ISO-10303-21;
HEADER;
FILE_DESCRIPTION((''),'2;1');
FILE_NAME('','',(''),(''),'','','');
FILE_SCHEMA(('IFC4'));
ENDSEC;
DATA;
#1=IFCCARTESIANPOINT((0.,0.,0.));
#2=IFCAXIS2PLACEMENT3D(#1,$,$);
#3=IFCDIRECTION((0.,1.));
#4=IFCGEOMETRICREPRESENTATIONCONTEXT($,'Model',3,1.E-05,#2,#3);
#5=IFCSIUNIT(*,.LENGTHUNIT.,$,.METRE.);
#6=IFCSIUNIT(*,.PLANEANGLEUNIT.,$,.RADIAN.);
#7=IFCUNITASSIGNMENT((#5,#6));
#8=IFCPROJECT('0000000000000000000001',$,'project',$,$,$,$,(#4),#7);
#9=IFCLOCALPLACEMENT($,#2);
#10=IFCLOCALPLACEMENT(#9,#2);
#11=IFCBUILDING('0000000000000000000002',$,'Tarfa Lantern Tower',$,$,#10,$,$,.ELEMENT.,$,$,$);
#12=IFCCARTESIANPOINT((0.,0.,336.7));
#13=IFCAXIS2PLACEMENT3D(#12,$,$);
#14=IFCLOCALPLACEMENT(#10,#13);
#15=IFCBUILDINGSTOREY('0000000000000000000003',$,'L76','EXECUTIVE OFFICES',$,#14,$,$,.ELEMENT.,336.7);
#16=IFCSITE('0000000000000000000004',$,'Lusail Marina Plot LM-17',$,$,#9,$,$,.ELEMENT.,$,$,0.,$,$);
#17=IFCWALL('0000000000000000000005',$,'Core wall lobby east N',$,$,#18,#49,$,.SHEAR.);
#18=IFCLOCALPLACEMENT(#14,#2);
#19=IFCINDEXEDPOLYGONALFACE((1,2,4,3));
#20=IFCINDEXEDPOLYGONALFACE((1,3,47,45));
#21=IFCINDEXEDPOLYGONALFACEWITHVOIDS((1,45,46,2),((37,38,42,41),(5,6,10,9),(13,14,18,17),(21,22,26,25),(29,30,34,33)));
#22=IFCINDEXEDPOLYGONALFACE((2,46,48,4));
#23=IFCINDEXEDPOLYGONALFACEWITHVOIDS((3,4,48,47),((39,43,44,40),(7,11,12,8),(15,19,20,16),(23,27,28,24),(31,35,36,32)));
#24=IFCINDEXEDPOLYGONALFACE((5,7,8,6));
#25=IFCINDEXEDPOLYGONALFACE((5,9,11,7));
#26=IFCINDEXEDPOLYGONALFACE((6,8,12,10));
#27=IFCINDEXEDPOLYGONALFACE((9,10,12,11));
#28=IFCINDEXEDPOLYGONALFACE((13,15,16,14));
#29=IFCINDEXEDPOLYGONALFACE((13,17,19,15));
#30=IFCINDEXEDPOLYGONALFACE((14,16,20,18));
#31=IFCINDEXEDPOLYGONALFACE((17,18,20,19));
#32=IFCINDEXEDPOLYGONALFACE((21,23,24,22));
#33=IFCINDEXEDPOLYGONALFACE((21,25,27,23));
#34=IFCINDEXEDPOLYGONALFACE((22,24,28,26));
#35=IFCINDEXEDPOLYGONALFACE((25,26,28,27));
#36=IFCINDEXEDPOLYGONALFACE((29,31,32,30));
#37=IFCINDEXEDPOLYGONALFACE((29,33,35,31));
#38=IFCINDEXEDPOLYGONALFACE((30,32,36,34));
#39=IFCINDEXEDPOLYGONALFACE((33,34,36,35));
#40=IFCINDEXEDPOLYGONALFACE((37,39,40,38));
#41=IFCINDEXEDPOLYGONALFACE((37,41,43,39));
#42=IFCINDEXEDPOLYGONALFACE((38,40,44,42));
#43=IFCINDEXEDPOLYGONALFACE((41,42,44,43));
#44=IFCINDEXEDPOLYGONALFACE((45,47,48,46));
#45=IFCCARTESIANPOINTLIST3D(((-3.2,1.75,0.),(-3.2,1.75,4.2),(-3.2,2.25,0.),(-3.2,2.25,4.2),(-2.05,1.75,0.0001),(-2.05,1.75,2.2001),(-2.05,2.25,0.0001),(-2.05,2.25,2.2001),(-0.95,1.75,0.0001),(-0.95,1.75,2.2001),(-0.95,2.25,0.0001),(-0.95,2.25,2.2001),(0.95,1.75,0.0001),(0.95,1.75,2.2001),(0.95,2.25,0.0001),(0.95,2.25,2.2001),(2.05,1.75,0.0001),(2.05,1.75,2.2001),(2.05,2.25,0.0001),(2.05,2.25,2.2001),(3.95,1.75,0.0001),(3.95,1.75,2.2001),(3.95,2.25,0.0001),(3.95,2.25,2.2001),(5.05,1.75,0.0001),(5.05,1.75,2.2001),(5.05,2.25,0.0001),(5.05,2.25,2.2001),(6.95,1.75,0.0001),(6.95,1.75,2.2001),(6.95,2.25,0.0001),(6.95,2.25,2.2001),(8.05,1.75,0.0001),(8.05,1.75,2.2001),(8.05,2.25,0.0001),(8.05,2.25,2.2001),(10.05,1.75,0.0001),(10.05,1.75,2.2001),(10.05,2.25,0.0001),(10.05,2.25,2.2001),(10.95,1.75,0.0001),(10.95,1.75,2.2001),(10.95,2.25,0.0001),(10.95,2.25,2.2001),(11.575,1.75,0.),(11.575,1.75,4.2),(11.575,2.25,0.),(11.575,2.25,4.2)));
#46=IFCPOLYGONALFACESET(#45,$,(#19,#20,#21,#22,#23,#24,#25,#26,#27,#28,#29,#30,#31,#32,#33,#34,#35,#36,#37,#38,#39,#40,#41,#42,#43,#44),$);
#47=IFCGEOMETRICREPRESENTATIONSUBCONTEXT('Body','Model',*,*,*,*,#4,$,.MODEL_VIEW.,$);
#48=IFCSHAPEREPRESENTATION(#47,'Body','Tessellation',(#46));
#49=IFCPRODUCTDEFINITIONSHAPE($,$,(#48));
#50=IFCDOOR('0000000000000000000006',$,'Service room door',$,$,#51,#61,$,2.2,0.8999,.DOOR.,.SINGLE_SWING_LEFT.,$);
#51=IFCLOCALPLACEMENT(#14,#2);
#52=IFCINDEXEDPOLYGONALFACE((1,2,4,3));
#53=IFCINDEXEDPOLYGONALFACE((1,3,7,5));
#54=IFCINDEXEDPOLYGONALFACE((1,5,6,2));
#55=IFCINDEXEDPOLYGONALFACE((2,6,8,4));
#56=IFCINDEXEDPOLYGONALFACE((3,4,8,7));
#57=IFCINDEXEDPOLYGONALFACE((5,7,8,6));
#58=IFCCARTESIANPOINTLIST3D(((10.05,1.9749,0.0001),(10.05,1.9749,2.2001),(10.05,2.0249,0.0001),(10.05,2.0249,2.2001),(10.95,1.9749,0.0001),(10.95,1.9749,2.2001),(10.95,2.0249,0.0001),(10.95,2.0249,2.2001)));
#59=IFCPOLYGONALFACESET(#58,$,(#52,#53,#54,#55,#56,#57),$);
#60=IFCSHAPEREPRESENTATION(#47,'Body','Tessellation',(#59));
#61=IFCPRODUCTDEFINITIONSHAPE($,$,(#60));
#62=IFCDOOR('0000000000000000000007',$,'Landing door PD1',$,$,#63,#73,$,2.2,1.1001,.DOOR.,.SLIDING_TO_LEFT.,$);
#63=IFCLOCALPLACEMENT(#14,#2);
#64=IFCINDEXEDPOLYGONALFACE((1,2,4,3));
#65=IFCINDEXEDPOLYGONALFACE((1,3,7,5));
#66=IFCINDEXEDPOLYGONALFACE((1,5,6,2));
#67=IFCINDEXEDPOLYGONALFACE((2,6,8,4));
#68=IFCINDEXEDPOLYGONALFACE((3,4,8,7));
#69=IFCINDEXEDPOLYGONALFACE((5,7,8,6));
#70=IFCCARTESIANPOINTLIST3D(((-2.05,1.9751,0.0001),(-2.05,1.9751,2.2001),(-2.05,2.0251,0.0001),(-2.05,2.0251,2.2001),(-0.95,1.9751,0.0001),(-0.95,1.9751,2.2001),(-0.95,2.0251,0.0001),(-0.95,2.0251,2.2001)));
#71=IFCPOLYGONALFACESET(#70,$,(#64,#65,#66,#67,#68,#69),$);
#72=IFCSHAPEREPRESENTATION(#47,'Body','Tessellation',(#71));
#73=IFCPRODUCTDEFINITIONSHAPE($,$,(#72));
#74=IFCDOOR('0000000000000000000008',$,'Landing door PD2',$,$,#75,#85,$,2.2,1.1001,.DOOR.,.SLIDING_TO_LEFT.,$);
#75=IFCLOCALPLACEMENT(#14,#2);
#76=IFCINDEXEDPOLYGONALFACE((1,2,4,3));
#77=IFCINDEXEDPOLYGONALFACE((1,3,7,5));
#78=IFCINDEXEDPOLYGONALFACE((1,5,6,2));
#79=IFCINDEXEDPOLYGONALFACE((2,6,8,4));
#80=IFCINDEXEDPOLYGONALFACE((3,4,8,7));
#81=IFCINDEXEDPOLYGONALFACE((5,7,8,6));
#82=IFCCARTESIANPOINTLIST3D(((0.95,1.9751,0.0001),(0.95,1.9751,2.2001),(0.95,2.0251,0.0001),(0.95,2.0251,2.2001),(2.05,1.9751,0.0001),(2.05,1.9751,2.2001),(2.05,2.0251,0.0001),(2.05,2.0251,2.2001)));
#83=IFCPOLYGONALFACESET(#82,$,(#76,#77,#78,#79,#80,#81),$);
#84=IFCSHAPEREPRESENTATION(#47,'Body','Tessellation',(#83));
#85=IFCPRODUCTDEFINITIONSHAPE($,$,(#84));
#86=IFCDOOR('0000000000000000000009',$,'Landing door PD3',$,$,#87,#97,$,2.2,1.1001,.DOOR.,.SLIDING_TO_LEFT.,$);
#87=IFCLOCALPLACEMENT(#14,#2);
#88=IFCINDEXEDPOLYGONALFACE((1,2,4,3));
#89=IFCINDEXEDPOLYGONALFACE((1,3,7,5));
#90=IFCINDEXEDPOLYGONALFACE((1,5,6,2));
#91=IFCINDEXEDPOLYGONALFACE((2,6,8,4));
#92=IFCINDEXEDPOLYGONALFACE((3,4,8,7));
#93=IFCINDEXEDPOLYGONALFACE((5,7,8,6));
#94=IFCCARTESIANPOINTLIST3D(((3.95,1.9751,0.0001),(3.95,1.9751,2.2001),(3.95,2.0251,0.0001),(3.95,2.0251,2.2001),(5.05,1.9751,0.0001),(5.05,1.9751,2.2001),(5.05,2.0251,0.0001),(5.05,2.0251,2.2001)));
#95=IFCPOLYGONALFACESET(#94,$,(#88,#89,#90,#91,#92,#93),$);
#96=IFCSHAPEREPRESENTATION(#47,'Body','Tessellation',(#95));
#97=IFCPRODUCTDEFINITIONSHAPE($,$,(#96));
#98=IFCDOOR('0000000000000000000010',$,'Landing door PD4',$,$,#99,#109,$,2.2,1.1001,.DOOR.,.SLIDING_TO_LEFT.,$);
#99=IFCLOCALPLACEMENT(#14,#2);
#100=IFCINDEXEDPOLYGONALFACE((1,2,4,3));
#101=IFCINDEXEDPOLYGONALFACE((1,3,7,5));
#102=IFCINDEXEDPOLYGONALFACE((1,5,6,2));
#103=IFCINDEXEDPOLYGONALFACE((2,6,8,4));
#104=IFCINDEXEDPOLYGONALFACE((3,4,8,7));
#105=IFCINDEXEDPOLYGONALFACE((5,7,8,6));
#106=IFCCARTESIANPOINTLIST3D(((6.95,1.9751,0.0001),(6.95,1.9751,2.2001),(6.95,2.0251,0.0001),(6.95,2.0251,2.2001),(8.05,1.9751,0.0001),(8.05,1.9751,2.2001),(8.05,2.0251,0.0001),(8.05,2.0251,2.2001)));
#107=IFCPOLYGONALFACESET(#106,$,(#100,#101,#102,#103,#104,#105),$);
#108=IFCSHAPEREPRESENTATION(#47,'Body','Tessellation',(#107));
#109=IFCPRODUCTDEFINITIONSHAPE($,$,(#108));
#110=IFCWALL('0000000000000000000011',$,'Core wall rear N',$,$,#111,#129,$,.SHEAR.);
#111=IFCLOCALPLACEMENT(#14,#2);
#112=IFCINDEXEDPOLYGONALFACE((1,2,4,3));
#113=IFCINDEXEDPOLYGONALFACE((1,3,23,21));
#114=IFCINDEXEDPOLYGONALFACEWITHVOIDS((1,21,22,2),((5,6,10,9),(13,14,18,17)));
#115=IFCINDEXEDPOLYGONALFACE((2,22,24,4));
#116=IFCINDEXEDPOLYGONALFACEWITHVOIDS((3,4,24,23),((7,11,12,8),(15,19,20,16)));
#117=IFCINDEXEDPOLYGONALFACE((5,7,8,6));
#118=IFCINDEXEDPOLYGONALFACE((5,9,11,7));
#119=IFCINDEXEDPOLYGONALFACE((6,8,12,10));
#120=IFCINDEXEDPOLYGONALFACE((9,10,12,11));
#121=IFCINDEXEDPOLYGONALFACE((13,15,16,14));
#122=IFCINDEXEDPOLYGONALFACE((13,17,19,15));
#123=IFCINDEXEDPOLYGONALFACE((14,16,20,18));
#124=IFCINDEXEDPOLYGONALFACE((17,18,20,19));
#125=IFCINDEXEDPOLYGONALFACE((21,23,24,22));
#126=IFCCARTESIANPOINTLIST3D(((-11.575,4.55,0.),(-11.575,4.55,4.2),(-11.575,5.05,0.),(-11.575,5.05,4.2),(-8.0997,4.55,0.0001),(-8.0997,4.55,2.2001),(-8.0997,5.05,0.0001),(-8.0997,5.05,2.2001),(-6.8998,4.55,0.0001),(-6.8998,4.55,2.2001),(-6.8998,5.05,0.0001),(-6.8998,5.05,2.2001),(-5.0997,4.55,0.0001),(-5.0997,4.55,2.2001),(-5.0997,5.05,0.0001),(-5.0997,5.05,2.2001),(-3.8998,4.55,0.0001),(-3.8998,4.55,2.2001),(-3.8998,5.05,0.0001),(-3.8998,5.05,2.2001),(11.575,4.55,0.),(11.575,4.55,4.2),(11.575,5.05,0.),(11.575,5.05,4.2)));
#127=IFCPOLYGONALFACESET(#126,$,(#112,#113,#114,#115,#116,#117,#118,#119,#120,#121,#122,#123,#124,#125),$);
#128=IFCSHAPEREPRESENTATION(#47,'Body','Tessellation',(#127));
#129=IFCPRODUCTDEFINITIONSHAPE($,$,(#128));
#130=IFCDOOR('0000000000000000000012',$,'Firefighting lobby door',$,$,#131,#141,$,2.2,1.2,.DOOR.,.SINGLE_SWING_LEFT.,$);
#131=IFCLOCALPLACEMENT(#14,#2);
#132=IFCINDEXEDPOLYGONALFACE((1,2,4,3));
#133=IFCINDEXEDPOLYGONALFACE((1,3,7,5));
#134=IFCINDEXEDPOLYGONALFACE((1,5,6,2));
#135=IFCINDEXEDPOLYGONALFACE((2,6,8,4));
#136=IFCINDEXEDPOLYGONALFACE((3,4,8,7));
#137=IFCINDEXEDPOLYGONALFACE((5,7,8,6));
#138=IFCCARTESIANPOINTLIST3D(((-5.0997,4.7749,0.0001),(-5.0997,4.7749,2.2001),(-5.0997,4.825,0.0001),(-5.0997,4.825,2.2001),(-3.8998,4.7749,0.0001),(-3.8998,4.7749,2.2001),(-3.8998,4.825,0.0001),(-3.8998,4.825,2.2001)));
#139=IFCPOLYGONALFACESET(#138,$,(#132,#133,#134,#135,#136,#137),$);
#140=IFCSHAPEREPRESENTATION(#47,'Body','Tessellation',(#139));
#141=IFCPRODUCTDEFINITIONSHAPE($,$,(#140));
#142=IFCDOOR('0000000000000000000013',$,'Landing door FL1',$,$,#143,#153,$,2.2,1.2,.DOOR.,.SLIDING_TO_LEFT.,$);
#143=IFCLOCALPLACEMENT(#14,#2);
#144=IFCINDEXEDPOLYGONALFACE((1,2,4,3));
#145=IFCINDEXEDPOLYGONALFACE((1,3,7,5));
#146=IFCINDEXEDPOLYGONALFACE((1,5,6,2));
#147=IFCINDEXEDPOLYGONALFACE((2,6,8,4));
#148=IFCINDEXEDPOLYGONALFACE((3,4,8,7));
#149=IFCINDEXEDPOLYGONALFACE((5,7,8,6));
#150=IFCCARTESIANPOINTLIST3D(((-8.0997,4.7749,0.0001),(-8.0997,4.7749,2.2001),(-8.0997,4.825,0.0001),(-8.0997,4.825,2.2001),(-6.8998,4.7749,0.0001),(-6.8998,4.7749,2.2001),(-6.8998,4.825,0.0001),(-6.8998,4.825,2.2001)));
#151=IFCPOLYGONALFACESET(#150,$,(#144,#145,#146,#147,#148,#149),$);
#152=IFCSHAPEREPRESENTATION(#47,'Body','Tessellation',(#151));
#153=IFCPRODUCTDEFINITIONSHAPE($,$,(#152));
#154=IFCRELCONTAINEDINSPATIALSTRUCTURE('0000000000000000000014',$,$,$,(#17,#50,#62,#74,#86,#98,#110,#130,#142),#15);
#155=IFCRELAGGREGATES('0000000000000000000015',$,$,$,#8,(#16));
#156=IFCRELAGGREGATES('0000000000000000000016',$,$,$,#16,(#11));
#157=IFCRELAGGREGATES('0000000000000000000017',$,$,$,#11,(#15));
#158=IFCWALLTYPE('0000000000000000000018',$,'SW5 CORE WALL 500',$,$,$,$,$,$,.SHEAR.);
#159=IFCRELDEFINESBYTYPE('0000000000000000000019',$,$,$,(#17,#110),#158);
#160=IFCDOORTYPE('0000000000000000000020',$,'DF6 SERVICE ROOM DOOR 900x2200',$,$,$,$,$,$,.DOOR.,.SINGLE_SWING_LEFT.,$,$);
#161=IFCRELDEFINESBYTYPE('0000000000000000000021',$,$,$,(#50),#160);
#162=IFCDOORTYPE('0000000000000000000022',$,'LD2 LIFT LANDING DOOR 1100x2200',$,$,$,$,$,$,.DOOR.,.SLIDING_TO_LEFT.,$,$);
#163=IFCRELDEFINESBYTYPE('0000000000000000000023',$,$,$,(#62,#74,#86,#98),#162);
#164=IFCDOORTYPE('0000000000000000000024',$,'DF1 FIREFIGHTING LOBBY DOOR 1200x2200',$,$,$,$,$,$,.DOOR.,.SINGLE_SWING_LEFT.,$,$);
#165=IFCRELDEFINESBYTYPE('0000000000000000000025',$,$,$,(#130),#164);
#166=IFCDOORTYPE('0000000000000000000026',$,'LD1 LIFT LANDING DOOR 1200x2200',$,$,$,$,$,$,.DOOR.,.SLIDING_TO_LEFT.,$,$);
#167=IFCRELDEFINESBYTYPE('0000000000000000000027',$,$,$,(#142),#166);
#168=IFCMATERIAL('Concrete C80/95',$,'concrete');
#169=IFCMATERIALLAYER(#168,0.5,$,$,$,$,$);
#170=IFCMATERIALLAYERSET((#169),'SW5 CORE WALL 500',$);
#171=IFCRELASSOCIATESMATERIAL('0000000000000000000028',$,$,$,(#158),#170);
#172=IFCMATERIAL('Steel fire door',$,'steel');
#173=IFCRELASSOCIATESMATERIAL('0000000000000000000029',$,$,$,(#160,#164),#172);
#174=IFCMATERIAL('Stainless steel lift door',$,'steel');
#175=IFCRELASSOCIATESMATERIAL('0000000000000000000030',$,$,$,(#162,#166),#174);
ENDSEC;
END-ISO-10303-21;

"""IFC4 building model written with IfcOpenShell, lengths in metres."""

from ifc_helpers import new_model, si_unit, direction, frame, frame_2d, origin, place, context, subcontext, project, spatial, rectangle, extrude, material, layer, layer_set, type_object, element, fill, save


model = new_model("IFC4")

# Units and contexts
model_context = context("Model", 3, precision=1e-05, world=origin(), true_north=direction((0.0, 1.0)))
body_context = subcontext(model_context, "Body", "Model", "MODEL_VIEW")
ifc_project = project(units=[si_unit("LENGTHUNIT", "METRE"), si_unit("PLANEANGLEUNIT", "RADIAN")], contexts=[model_context])

# Site, building, storey
site_placement = place(None, origin())
site = spatial("IfcSite", under=ifc_project, at=site_placement, Name="Lusail Marina Plot LM-17", CompositionType="ELEMENT", RefElevation=0.0)
building_placement = place(site_placement, origin())
building = spatial("IfcBuilding", under=site, at=building_placement, Name="Tarfa Lantern Tower", CompositionType="ELEMENT")
storey_placement = place(building_placement, frame((0.0, 0.0, 336.7)))
storey = spatial("IfcBuildingStorey", under=building, at=storey_placement, Name="L76", Description="EXECUTIVE OFFICES", CompositionType="ELEMENT", Elevation=336.7)

# Shared definitions
ifc_material_1 = material(Name="Concrete C80/95", Category="concrete")
ifc_layer_1 = layer(ifc_material_1, 0.5)
ifc_layer_set_1 = layer_set([ifc_layer_1], Name="SW5 CORE WALL 500")
wall_type_1 = type_object("IfcWallType", Name="SW5 CORE WALL 500", PredefinedType="SHEAR", material=ifc_layer_set_1)
ifc_material_2 = material(Name="Steel fire door", Category="steel")
door_type_1 = type_object("IfcDoorType", Name="DF6 SERVICE ROOM DOOR 900x2200", OperationType="SINGLE_SWING_LEFT", PredefinedType="DOOR", material=ifc_material_2)

# Walls, openings, doors
wall_1_placement = place(storey_placement, frame((-3.2, 2.0, 0.0), z_axis=(0.0, 0.0, 1.0), x_axis=(1.0, 0.0, 0.0)))
wall_1 = element("IfcWall", 1, at=wall_1_placement, inside=storey, type_object=wall_type_1, Name="Core wall lobby east N", PredefinedType="SHEAR", context=body_context, shape_type="SweptSolid", body=[
    extrude(rectangle(XDim=14.7749, YDim=0.5, at=frame_2d((7.3875, 0.0))), origin(), (0.0, 0.0, 1.0), 4.2),
])
opening_1_placement = place(wall_1_placement, frame((13.25, 0.0, 0.0)))
opening_1 = element("IfcOpeningElement", 2, at=opening_1_placement, cuts=wall_1, PredefinedType="OPENING", context=body_context, shape_type="SweptSolid", body=[
    extrude(rectangle(XDim=0.8999, YDim=2.2, at=frame_2d((0.45, 1.1001))), frame((0.0, 0.26, 0.0), z_axis=(0.0, -1.0, 0.0), x_axis=(1.0, 0.0, 0.0)), (0.0, 0.0, 1.0), 0.52),
])
opening_2_placement = place(wall_1_placement, frame((1.1499, 0.0, 0.0)))
opening_2 = element("IfcOpeningElement", 3, at=opening_2_placement, cuts=wall_1, PredefinedType="OPENING", context=body_context, shape_type="SweptSolid", body=[
    extrude(rectangle(XDim=1.1001, YDim=2.2, at=frame_2d((0.55, 1.1001))), frame((0.0, 0.26, 0.0), z_axis=(0.0, -1.0, 0.0), x_axis=(1.0, 0.0, 0.0)), (0.0, 0.0, 1.0), 0.52),
])
opening_3_placement = place(wall_1_placement, frame((4.1499, 0.0, 0.0)))
opening_3 = element("IfcOpeningElement", 4, at=opening_3_placement, cuts=wall_1, PredefinedType="OPENING", context=body_context, shape_type="SweptSolid", body=[
    extrude(rectangle(XDim=1.1001, YDim=2.2, at=frame_2d((0.55, 1.1001))), frame((0.0, 0.26, 0.0), z_axis=(0.0, -1.0, 0.0), x_axis=(1.0, 0.0, 0.0)), (0.0, 0.0, 1.0), 0.52),
])
opening_4_placement = place(wall_1_placement, frame((7.1499, 0.0, 0.0)))
opening_4 = element("IfcOpeningElement", 5, at=opening_4_placement, cuts=wall_1, PredefinedType="OPENING", context=body_context, shape_type="SweptSolid", body=[
    extrude(rectangle(XDim=1.1001, YDim=2.2, at=frame_2d((0.55, 1.1001))), frame((0.0, 0.26, 0.0), z_axis=(0.0, -1.0, 0.0), x_axis=(1.0, 0.0, 0.0)), (0.0, 0.0, 1.0), 0.52),
])
opening_5_placement = place(wall_1_placement, frame((10.1499, 0.0, 0.0)))
opening_5 = element("IfcOpeningElement", 6, at=opening_5_placement, cuts=wall_1, PredefinedType="OPENING", context=body_context, shape_type="SweptSolid", body=[
    extrude(rectangle(XDim=1.1001, YDim=2.2, at=frame_2d((0.55, 1.1001))), frame((0.0, 0.26, 0.0), z_axis=(0.0, -1.0, 0.0), x_axis=(1.0, 0.0, 0.0)), (0.0, 0.0, 1.0), 0.52),
])
door_1_placement = place(opening_1_placement, origin())
door_1 = element("IfcDoor", 7, at=door_1_placement, inside=storey, type_object=door_type_1, Name="Service room door", OperationType="SINGLE_SWING_LEFT", OverallHeight=2.2, OverallWidth=0.8999, PredefinedType="DOOR", context=body_context, shape_type="SweptSolid", body=[
    extrude(rectangle(XDim=0.8999, YDim=2.2, at=frame_2d((0.45, 1.1001))), frame((0.0, 0.0249, 0.0), z_axis=(0.0, -1.0, 0.0), x_axis=(1.0, 0.0, 0.0)), (0.0, 0.0, 1.0), 0.05),
])
fill(opening_1, door_1)
ifc_material_3 = material(Name="Stainless steel lift door", Category="steel")
door_type_2 = type_object("IfcDoorType", Name="LD2 LIFT LANDING DOOR 1100x2200", OperationType="SLIDING_TO_LEFT", PredefinedType="DOOR", material=ifc_material_3)
door_2_placement = place(opening_2_placement, frame((1.1001, 0.0, 0.0), z_axis=(0.0, 0.0, 1.0), x_axis=(-1.0, 0.0, 0.0)))
door_2 = element("IfcDoor", 8, at=door_2_placement, inside=storey, type_object=door_type_2, Name="Landing door PD1", OperationType="SLIDING_TO_LEFT", OverallHeight=2.2, OverallWidth=1.1001, PredefinedType="DOOR", context=body_context, shape_type="SweptSolid", body=[
    extrude(rectangle(XDim=1.1001, YDim=2.2, at=frame_2d((0.55, 1.1001))), frame((0.0, 0.0249, 0.0), z_axis=(0.0, -1.0, 0.0), x_axis=(1.0, 0.0, 0.0)), (0.0, 0.0, 1.0), 0.05),
])
fill(opening_2, door_2)
door_3_placement = place(opening_3_placement, frame((1.1001, 0.0, 0.0), z_axis=(0.0, 0.0, 1.0), x_axis=(-1.0, 0.0, 0.0)))
door_3 = element("IfcDoor", 9, at=door_3_placement, inside=storey, type_object=door_type_2, Name="Landing door PD2", OperationType="SLIDING_TO_LEFT", OverallHeight=2.2, OverallWidth=1.1001, PredefinedType="DOOR", context=body_context, shape_type="SweptSolid", body=[
    extrude(rectangle(XDim=1.1001, YDim=2.2, at=frame_2d((0.55, 1.1001))), frame((0.0, 0.0249, 0.0), z_axis=(0.0, -1.0, 0.0), x_axis=(1.0, 0.0, 0.0)), (0.0, 0.0, 1.0), 0.05),
])
fill(opening_3, door_3)
door_4_placement = place(opening_4_placement, frame((1.1001, 0.0, 0.0), z_axis=(0.0, 0.0, 1.0), x_axis=(-1.0, 0.0, 0.0)))
door_4 = element("IfcDoor", 10, at=door_4_placement, inside=storey, type_object=door_type_2, Name="Landing door PD3", OperationType="SLIDING_TO_LEFT", OverallHeight=2.2, OverallWidth=1.1001, PredefinedType="DOOR", context=body_context, shape_type="SweptSolid", body=[
    extrude(rectangle(XDim=1.1001, YDim=2.2, at=frame_2d((0.55, 1.1001))), frame((0.0, 0.0249, 0.0), z_axis=(0.0, -1.0, 0.0), x_axis=(1.0, 0.0, 0.0)), (0.0, 0.0, 1.0), 0.05),
])
fill(opening_4, door_4)
door_5_placement = place(opening_5_placement, frame((1.1001, 0.0, 0.0), z_axis=(0.0, 0.0, 1.0), x_axis=(-1.0, 0.0, 0.0)))
door_5 = element("IfcDoor", 11, at=door_5_placement, inside=storey, type_object=door_type_2, Name="Landing door PD4", OperationType="SLIDING_TO_LEFT", OverallHeight=2.2, OverallWidth=1.1001, PredefinedType="DOOR", context=body_context, shape_type="SweptSolid", body=[
    extrude(rectangle(XDim=1.1001, YDim=2.2, at=frame_2d((0.55, 1.1001))), frame((0.0, 0.0249, 0.0), z_axis=(0.0, -1.0, 0.0), x_axis=(1.0, 0.0, 0.0)), (0.0, 0.0, 1.0), 0.05),
])
fill(opening_5, door_5)
wall_2_placement = place(storey_placement, frame((-11.575, 4.8, 0.0), z_axis=(0.0, 0.0, 1.0), x_axis=(1.0, 0.0, 0.0)))
wall_2 = element("IfcWall", 12, at=wall_2_placement, inside=storey, type_object=wall_type_1, Name="Core wall rear N", PredefinedType="SHEAR", context=body_context, shape_type="SweptSolid", body=[
    extrude(rectangle(XDim=23.1499, YDim=0.5, at=frame_2d((11.575, 0.0))), origin(), (0.0, 0.0, 1.0), 4.2),
])
opening_6_placement = place(wall_2_placement, frame((6.4751, 0.0, 0.0)))
opening_6 = element("IfcOpeningElement", 13, at=opening_6_placement, cuts=wall_2, PredefinedType="OPENING", context=body_context, shape_type="SweptSolid", body=[
    extrude(rectangle(XDim=1.2, YDim=2.2, at=frame_2d((0.6001, 1.1001))), frame((0.0, 0.26, 0.0), z_axis=(0.0, -1.0, 0.0), x_axis=(1.0, 0.0, 0.0)), (0.0, 0.0, 1.0), 0.52),
])
opening_7_placement = place(wall_2_placement, frame((3.4751, 0.0, 0.0)))
opening_7 = element("IfcOpeningElement", 14, at=opening_7_placement, cuts=wall_2, PredefinedType="OPENING", context=body_context, shape_type="SweptSolid", body=[
    extrude(rectangle(XDim=1.2, YDim=2.2, at=frame_2d((0.6001, 1.1001))), frame((0.0, 0.26, 0.0), z_axis=(0.0, -1.0, 0.0), x_axis=(1.0, 0.0, 0.0)), (0.0, 0.0, 1.0), 0.52),
])
door_type_3 = type_object("IfcDoorType", Name="DF1 FIREFIGHTING LOBBY DOOR 1200x2200", OperationType="SINGLE_SWING_LEFT", PredefinedType="DOOR", material=ifc_material_2)
door_6_placement = place(opening_6_placement, origin())
door_6 = element("IfcDoor", 15, at=door_6_placement, inside=storey, type_object=door_type_3, Name="Firefighting lobby door", OperationType="SINGLE_SWING_LEFT", OverallHeight=2.2, OverallWidth=1.2, PredefinedType="DOOR", context=body_context, shape_type="SweptSolid", body=[
    extrude(rectangle(XDim=1.2, YDim=2.2, at=frame_2d((0.6001, 1.1001))), frame((0.0, 0.0249, 0.0), z_axis=(0.0, -1.0, 0.0), x_axis=(1.0, 0.0, 0.0)), (0.0, 0.0, 1.0), 0.05),
])
fill(opening_6, door_6)
door_type_4 = type_object("IfcDoorType", Name="LD1 LIFT LANDING DOOR 1200x2200", OperationType="SLIDING_TO_LEFT", PredefinedType="DOOR", material=ifc_material_3)
door_7_placement = place(opening_7_placement, origin())
door_7 = element("IfcDoor", 16, at=door_7_placement, inside=storey, type_object=door_type_4, Name="Landing door FL1", OperationType="SLIDING_TO_LEFT", OverallHeight=2.2, OverallWidth=1.2, PredefinedType="DOOR", context=body_context, shape_type="SweptSolid", body=[
    extrude(rectangle(XDim=1.2, YDim=2.2, at=frame_2d((0.6001, 1.1001))), frame((0.0, 0.0249, 0.0), z_axis=(0.0, -1.0, 0.0), x_axis=(1.0, 0.0, 0.0)), (0.0, 0.0, 1.0), 0.05),
])
fill(opening_7, door_7)

save(model, "model.ifc")
